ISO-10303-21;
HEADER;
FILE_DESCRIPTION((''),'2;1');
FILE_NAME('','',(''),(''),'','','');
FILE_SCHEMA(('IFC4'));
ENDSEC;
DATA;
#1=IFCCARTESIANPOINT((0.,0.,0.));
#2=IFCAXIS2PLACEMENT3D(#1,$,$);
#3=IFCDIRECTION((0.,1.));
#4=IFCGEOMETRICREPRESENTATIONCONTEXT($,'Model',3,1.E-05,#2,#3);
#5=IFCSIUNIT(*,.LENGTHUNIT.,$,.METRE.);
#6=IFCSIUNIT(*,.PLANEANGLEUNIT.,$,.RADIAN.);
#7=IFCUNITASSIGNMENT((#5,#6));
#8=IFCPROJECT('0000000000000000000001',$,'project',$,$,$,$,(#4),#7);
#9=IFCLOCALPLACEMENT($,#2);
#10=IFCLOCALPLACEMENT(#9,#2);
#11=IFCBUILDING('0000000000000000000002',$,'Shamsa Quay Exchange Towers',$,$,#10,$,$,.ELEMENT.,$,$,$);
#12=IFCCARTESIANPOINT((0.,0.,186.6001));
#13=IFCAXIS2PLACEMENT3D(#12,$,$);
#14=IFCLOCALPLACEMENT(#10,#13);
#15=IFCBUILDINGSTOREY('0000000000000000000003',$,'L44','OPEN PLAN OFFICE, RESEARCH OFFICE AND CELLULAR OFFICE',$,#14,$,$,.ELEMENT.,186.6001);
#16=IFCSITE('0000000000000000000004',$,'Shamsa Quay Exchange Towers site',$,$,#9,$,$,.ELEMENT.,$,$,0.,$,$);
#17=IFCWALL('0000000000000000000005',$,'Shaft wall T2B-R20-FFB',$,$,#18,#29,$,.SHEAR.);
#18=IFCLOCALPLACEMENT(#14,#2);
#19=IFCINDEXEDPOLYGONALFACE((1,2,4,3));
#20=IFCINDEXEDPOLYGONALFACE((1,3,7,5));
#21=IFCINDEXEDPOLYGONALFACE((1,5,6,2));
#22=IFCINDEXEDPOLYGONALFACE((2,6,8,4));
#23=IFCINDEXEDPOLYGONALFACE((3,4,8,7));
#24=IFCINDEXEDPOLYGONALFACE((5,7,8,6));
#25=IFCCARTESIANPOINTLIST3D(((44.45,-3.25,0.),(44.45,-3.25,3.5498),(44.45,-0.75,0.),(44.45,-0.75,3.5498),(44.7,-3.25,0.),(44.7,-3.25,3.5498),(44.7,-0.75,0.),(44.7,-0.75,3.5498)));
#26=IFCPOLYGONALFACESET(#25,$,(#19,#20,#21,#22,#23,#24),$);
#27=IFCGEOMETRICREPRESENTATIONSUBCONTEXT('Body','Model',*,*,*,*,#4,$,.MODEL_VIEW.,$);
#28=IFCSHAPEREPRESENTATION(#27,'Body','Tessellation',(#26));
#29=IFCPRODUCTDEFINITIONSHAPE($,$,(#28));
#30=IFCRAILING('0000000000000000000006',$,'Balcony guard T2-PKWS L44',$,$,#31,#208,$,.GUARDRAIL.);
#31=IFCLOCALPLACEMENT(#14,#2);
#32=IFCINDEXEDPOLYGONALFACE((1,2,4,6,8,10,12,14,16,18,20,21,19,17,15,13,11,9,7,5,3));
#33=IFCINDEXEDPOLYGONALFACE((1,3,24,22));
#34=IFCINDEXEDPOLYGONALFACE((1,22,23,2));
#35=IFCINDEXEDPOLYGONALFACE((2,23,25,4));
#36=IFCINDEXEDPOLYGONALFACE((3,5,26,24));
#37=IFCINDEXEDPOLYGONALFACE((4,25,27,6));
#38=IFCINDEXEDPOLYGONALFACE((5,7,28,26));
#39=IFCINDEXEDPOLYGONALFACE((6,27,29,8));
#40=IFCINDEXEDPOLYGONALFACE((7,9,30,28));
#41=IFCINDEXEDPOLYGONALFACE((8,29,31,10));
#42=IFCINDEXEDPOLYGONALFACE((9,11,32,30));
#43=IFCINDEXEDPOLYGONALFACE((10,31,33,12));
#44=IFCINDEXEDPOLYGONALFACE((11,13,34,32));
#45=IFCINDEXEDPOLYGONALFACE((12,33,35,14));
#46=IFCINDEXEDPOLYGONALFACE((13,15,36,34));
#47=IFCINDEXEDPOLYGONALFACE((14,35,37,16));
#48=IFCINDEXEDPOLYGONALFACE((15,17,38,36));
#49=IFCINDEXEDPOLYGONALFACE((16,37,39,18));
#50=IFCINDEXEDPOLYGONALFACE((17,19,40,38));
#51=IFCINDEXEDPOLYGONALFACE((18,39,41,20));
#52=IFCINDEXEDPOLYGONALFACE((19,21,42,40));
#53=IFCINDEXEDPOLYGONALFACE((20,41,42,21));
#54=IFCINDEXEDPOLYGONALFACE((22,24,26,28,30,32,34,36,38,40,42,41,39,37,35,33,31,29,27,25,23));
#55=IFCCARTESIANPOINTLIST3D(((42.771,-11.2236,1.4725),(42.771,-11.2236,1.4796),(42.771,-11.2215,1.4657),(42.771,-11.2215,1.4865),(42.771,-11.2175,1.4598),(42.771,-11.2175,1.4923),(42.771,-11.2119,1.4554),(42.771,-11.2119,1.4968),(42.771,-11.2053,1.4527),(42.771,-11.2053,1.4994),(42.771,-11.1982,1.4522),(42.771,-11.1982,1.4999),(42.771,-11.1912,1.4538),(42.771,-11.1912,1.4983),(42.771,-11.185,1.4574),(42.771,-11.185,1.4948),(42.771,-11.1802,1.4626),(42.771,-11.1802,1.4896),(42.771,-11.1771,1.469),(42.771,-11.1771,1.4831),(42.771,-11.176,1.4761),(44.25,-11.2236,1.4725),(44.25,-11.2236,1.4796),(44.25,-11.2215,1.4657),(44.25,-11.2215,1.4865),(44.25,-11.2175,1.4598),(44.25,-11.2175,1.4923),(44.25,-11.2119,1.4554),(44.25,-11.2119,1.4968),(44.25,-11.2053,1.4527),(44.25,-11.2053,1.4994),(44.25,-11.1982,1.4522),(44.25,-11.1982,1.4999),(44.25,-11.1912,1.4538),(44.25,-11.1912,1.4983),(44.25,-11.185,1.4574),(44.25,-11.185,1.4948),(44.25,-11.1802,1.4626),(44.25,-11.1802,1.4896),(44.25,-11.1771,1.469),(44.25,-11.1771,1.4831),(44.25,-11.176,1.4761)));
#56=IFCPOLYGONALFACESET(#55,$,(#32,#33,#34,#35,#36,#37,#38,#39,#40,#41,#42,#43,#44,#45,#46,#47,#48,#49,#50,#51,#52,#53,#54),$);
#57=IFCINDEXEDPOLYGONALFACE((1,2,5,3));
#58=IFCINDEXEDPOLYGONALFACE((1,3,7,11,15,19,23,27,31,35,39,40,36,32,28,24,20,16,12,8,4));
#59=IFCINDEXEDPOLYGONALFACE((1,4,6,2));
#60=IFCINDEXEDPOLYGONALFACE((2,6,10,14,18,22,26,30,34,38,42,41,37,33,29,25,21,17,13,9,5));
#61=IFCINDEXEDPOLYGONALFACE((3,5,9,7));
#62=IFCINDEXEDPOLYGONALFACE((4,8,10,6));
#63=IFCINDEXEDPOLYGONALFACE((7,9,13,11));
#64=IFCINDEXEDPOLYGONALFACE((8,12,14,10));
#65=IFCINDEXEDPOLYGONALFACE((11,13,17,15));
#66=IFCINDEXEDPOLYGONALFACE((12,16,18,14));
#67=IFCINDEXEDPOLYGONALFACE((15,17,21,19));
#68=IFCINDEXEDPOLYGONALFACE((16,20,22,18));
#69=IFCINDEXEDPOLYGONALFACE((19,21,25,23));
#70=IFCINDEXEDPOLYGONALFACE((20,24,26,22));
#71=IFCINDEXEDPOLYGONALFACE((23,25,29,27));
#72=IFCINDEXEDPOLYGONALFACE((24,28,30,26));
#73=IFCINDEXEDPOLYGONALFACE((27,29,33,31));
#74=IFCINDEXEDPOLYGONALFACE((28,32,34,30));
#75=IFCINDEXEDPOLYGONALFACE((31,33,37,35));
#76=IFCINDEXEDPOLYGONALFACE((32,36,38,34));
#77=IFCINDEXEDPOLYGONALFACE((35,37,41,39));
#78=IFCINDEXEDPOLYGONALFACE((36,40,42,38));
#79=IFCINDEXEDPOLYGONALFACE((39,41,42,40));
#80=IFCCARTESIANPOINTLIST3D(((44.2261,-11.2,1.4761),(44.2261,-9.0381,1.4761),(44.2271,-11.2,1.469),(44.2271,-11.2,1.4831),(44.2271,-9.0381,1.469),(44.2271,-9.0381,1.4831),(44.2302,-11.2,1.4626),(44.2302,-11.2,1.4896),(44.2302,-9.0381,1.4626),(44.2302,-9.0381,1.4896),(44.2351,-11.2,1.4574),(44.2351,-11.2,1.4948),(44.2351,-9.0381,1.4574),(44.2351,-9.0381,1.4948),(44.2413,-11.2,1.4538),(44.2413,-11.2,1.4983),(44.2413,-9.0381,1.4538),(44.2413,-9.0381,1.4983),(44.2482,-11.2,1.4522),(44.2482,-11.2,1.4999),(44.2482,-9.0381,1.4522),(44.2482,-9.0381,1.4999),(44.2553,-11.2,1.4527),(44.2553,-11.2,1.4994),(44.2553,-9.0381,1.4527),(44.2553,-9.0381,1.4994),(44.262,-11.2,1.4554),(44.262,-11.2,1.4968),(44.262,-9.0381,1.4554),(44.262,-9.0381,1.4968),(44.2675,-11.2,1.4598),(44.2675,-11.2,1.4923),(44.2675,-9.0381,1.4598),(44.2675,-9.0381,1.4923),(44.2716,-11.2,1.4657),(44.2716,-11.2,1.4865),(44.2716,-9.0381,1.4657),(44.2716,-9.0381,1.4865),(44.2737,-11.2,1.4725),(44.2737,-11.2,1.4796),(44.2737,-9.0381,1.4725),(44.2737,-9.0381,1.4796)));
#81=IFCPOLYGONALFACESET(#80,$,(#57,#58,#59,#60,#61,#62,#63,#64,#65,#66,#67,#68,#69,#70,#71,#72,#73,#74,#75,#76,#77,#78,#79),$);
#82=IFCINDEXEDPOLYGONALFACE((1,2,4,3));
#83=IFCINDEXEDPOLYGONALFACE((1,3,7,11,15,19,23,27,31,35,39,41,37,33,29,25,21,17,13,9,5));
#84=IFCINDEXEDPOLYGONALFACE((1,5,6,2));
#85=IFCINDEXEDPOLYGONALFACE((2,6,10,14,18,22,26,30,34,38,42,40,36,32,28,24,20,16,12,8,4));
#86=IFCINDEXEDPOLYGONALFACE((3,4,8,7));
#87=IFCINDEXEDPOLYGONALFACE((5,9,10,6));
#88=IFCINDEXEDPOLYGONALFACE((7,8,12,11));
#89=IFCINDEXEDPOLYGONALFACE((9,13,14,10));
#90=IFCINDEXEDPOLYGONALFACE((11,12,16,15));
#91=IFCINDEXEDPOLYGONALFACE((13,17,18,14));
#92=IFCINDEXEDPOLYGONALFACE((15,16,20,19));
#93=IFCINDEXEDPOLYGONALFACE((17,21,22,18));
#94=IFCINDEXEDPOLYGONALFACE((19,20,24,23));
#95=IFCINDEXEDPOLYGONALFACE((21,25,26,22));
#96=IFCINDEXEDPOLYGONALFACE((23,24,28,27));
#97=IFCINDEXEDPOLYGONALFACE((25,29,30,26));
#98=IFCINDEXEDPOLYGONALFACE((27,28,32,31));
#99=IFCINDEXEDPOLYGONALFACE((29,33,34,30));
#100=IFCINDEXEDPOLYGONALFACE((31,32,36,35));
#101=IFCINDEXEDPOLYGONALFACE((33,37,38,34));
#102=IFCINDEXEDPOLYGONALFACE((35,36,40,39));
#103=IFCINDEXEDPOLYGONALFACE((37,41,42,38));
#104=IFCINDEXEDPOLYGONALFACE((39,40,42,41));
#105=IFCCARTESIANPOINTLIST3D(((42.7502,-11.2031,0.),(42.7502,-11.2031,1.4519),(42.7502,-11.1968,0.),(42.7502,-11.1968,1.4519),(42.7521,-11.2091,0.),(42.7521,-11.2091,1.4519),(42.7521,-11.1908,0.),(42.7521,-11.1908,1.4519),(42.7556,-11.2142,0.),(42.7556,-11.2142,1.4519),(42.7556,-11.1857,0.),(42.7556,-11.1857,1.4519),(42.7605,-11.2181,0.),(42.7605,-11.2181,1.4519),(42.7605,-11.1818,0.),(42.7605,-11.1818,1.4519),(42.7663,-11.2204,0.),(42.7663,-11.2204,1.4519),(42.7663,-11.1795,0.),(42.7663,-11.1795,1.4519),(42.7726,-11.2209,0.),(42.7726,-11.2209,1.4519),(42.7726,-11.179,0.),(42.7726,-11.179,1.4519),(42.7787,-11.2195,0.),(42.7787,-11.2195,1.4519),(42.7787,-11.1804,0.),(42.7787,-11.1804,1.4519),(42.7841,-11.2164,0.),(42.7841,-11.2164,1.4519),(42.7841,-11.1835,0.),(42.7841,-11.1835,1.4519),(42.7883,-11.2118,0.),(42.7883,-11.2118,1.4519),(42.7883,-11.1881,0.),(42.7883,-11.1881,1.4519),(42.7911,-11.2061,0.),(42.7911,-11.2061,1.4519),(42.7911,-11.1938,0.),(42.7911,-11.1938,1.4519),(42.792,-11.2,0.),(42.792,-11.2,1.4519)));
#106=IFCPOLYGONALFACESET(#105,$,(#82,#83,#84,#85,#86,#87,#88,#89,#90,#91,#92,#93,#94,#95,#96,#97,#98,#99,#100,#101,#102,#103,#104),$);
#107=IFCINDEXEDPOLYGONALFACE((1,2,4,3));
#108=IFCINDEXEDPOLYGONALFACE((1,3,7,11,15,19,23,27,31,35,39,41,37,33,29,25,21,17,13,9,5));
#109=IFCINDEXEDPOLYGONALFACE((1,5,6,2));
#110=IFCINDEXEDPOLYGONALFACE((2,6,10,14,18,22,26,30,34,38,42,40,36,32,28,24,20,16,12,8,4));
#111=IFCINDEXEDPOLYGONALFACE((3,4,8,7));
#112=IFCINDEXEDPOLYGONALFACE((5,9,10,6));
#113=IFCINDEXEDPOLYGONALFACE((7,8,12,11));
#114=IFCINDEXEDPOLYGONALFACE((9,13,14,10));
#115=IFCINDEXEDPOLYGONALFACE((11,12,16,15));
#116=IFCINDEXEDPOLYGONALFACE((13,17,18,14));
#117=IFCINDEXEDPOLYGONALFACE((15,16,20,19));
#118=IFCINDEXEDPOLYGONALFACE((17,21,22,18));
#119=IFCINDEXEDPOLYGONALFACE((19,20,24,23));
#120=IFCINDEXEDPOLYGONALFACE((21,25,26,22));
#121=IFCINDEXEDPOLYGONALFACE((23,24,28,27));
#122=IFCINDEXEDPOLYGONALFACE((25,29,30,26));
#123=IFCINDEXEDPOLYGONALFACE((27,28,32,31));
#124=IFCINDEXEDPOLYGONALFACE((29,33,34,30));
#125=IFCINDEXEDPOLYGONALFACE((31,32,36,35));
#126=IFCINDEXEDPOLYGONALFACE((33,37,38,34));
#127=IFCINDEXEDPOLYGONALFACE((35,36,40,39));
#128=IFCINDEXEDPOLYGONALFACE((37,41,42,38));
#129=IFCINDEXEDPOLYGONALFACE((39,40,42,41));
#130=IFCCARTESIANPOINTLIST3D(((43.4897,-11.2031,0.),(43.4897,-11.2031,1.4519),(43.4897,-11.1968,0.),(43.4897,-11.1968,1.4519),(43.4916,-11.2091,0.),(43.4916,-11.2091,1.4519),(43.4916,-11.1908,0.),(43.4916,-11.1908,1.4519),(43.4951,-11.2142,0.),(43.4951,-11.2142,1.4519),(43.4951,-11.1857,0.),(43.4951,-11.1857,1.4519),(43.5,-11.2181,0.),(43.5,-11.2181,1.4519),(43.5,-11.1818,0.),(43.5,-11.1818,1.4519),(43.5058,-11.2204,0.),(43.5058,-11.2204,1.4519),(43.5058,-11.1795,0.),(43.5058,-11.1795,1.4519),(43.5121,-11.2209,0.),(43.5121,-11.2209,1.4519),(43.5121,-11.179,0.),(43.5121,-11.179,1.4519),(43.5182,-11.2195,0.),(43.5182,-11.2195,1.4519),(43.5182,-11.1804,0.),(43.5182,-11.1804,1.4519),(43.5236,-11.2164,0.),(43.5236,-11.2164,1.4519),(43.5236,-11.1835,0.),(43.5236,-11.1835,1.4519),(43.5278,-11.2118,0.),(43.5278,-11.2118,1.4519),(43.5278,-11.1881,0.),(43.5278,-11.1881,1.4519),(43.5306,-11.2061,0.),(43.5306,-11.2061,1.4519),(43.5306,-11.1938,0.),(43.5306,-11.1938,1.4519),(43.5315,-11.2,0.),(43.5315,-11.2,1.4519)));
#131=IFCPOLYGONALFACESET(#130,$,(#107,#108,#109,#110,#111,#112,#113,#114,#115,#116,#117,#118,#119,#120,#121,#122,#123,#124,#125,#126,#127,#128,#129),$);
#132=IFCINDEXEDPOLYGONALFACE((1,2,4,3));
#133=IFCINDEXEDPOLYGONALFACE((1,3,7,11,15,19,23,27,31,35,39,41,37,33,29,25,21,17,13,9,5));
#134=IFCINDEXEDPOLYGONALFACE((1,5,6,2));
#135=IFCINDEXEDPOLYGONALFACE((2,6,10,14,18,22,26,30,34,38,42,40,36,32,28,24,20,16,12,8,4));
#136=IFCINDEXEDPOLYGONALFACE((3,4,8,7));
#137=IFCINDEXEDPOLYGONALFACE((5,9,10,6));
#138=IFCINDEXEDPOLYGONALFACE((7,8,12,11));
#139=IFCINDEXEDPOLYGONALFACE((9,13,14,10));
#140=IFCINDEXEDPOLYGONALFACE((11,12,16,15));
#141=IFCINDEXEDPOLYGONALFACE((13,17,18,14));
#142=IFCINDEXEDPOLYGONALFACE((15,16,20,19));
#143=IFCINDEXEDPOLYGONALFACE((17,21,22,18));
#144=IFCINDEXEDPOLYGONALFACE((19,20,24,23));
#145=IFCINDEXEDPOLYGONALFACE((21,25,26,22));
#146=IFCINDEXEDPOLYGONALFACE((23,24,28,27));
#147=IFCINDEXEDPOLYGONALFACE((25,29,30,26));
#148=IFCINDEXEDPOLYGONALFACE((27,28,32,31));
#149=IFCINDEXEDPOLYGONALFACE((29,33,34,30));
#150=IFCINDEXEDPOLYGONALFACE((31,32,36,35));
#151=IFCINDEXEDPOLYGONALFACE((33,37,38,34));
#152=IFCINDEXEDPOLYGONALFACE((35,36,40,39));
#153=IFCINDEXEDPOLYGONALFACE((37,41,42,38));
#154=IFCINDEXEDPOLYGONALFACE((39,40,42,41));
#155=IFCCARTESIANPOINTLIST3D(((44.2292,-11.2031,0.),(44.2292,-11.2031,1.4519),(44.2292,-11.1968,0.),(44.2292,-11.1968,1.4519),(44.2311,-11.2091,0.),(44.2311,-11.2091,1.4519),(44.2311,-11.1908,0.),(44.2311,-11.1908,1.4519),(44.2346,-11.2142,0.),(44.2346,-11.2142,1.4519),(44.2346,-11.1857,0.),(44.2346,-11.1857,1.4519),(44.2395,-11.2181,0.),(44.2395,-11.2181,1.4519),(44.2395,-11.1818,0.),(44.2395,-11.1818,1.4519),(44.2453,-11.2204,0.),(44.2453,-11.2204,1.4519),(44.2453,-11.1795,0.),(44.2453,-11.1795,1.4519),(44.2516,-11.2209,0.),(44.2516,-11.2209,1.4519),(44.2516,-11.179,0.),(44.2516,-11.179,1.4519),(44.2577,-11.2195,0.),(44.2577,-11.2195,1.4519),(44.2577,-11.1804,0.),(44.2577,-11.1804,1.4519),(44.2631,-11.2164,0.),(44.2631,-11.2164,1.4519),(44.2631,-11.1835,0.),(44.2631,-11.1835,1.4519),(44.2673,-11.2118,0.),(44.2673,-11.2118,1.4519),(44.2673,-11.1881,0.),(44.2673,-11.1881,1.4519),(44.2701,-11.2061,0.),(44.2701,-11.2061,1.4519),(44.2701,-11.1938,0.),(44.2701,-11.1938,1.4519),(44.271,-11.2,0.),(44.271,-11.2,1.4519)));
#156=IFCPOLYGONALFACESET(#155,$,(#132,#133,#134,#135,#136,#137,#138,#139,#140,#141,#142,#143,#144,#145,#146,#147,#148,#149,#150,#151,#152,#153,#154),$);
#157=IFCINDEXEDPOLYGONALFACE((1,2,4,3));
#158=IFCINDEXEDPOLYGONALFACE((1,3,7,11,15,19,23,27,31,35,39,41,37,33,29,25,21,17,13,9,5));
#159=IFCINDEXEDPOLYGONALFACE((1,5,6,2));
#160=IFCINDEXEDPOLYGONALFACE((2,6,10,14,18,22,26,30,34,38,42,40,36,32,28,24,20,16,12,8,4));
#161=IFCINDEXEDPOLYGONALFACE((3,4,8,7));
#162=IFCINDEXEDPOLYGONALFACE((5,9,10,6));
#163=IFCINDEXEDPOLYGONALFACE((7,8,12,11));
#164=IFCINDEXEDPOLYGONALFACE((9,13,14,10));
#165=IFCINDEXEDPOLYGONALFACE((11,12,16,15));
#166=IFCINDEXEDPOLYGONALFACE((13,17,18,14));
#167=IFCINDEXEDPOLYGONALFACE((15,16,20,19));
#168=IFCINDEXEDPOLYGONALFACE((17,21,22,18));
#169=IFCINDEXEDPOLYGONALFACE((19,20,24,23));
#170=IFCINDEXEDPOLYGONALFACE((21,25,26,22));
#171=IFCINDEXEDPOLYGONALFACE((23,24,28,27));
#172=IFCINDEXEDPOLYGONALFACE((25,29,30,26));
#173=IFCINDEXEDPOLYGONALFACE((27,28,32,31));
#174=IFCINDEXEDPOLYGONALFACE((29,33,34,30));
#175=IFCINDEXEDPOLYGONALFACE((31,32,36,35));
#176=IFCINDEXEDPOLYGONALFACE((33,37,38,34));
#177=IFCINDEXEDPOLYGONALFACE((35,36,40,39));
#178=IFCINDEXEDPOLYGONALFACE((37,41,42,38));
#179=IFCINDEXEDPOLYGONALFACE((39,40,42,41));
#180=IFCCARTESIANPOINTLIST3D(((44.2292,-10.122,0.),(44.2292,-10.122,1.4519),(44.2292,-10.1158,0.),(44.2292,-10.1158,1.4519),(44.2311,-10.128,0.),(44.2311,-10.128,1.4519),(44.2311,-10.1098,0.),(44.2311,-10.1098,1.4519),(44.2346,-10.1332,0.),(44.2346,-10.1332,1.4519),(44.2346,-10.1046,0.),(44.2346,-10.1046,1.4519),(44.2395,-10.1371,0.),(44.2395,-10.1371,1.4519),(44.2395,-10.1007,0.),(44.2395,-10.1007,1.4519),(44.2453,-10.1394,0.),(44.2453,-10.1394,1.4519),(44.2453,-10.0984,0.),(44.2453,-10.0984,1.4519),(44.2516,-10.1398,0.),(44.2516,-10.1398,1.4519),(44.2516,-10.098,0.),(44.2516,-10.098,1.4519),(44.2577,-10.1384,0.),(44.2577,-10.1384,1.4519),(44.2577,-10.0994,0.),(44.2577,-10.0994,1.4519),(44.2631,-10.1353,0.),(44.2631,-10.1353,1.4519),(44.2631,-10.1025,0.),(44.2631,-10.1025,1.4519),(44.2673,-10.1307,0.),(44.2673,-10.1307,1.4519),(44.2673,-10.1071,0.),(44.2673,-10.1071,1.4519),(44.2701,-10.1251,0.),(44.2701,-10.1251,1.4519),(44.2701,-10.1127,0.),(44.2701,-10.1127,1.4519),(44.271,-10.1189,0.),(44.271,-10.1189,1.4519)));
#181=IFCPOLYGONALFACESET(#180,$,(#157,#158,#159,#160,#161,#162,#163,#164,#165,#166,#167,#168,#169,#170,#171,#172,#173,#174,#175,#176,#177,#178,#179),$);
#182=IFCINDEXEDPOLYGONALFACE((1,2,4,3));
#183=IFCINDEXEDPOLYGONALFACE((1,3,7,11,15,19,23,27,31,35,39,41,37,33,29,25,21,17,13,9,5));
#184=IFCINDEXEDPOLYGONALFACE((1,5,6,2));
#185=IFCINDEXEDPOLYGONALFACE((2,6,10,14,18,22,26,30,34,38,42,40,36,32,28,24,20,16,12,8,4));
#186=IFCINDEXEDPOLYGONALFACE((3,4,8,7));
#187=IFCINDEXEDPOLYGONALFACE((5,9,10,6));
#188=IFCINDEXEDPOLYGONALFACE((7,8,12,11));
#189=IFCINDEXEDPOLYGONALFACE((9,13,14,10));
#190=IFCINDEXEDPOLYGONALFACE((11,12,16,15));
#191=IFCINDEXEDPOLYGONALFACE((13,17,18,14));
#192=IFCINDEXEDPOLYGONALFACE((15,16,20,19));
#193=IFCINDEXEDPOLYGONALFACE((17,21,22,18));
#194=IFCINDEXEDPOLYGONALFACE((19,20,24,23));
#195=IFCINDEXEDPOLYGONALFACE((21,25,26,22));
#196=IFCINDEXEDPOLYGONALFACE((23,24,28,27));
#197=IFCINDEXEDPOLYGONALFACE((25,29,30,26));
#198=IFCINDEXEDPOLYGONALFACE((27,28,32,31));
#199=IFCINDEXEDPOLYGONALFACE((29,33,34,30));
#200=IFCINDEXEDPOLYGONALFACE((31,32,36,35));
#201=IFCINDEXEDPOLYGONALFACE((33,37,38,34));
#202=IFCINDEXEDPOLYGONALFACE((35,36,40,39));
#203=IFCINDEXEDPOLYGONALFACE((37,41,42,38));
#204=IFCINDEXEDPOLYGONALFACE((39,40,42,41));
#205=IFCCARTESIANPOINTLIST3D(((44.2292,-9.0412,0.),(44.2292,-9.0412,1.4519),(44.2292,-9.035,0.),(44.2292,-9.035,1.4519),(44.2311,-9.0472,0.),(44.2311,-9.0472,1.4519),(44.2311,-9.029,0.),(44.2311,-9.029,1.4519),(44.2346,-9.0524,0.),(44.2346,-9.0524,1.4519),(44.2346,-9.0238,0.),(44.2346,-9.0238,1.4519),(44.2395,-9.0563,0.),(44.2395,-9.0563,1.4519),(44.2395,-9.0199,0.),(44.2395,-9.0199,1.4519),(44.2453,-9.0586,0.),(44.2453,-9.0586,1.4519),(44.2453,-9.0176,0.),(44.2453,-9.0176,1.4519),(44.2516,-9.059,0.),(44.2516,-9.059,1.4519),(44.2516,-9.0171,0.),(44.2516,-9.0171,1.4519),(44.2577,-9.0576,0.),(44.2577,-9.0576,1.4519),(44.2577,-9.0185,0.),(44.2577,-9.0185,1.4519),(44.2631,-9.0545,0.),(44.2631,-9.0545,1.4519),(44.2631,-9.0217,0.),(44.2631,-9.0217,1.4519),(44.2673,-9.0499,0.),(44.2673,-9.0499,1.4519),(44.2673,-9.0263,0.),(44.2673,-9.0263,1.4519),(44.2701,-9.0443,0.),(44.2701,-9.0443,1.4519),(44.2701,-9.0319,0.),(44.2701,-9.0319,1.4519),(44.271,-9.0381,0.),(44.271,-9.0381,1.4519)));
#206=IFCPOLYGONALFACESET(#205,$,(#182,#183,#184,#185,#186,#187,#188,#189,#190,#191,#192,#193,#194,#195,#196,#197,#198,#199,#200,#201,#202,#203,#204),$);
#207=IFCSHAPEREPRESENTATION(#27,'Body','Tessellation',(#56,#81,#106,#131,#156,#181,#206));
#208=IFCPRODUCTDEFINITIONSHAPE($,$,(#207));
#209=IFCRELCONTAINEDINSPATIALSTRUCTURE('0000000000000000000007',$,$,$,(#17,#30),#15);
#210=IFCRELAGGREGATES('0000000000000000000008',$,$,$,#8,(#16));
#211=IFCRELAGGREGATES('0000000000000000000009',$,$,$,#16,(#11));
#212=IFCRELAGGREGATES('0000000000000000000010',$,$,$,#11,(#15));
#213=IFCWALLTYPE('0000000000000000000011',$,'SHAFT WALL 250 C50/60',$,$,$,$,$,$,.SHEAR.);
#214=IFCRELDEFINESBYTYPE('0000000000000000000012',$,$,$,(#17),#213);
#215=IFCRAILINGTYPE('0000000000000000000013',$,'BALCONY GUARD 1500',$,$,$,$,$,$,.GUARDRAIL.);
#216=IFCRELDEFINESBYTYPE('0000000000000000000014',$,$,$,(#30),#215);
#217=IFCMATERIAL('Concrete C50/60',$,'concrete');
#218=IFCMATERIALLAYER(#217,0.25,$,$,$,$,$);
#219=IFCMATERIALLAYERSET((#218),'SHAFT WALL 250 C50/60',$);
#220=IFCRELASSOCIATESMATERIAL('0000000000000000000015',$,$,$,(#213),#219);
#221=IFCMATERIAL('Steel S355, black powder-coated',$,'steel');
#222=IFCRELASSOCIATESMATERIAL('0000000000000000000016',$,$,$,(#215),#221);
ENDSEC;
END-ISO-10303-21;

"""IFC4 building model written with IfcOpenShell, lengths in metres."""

from ifc_helpers import new_model, si_unit, direction, frame, frame_2d, origin, origin_2d, place, context, subcontext, project, spatial, rectangle, circle, extrude, material, layer, layer_set, type_object, element, save


model = new_model("IFC4")

# Units and contexts
model_context = context("Model", 3, precision=1e-05, world=origin(), true_north=direction((0.0, 1.0)))
body_context = subcontext(model_context, "Body", "Model", "MODEL_VIEW")
ifc_project = project(units=[si_unit("LENGTHUNIT", "METRE"), si_unit("PLANEANGLEUNIT", "RADIAN")], contexts=[model_context])

# Site, building, storey
site_placement = place(None, origin())
site = spatial("IfcSite", under=ifc_project, at=site_placement, Name="Shamsa Quay Exchange Towers site", CompositionType="ELEMENT", RefElevation=0.0)
building_placement = place(site_placement, origin())
building = spatial("IfcBuilding", under=site, at=building_placement, Name="Shamsa Quay Exchange Towers", CompositionType="ELEMENT")
storey_placement = place(building_placement, frame((0.0, 0.0, 186.6001)))
storey = spatial("IfcBuildingStorey", under=building, at=storey_placement, Name="L44", Description="OPEN PLAN OFFICE, RESEARCH OFFICE AND CELLULAR OFFICE", CompositionType="ELEMENT", Elevation=186.6001)

# Wall
ifc_material_1 = material(Name="Concrete C50/60", Category="concrete")
ifc_layer_1 = layer(ifc_material_1, 0.25)
ifc_layer_set_1 = layer_set([ifc_layer_1], Name="SHAFT WALL 250 C50/60")
wall_type_1 = type_object("IfcWallType", Name="SHAFT WALL 250 C50/60", PredefinedType="SHEAR", material=ifc_layer_set_1)
wall_1_placement = place(storey_placement, frame((44.575, -3.25, 0.0), z_axis=(0.0, 0.0, 1.0), x_axis=(0.0, 1.0, 0.0)))
element("IfcWall", 1, at=wall_1_placement, inside=storey, type_object=wall_type_1, Name="Shaft wall T2B-R20-FFB", PredefinedType="SHEAR", context=body_context, shape_type="SweptSolid", body=[
    extrude(rectangle(XDim=2.5, YDim=0.25, at=frame_2d((1.25, 0.0))), origin(), (0.0, 0.0, 1.0), 3.5498),
])

# Railing
ifc_material_2 = material(Name="Steel S355, black powder-coated", Category="steel")
railing_type = type_object("IfcRailingType", Name="BALCONY GUARD 1500", PredefinedType="GUARDRAIL", material=ifc_material_2)
for number, where, name in (
    (2, (42.771, -11.2, 0.0), "Balcony guard T2-PKWS L44"),
):
    element("IfcRailing", number, at=place(storey_placement, frame(where)), inside=storey, type_object=railing_type, Name=name, PredefinedType="GUARDRAIL", context=body_context, shape_type="SweptSolid", body=[
        extrude(circle(Radius=0.0239, at=origin_2d()), frame((0.0, 0.0, 1.4761), z_axis=(1.0, 0.0, 0.0), x_axis=(0.0, 1.0, 0.0)), (0.0, 0.0, 1.0), 1.479),
        extrude(circle(Radius=0.0239, at=origin_2d()), frame((1.479, 0.0, 1.4761), z_axis=(0.0, 1.0, 0.0), x_axis=(-1.0, 0.0, 0.0)), (0.0, 0.0, 1.0), 2.1619),
        extrude(circle(Radius=0.021, at=origin_2d()), origin(), (0.0, 0.0, 1.0), 1.4519),
        extrude(circle(Radius=0.021, at=origin_2d()), frame((0.7395, 0.0, 0.0)), (0.0, 0.0, 1.0), 1.4519),
        extrude(circle(Radius=0.021, at=origin_2d()), frame((1.479, 0.0, 0.0)), (0.0, 0.0, 1.0), 1.4519),
        extrude(circle(Radius=0.021, at=origin_2d()), frame((1.479, 1.0811, 0.0)), (0.0, 0.0, 1.0), 1.4519),
        extrude(circle(Radius=0.021, at=origin_2d()), frame((1.479, 2.1619, 0.0)), (0.0, 0.0, 1.0), 1.4519),
    ])

save(model, "model.ifc")
